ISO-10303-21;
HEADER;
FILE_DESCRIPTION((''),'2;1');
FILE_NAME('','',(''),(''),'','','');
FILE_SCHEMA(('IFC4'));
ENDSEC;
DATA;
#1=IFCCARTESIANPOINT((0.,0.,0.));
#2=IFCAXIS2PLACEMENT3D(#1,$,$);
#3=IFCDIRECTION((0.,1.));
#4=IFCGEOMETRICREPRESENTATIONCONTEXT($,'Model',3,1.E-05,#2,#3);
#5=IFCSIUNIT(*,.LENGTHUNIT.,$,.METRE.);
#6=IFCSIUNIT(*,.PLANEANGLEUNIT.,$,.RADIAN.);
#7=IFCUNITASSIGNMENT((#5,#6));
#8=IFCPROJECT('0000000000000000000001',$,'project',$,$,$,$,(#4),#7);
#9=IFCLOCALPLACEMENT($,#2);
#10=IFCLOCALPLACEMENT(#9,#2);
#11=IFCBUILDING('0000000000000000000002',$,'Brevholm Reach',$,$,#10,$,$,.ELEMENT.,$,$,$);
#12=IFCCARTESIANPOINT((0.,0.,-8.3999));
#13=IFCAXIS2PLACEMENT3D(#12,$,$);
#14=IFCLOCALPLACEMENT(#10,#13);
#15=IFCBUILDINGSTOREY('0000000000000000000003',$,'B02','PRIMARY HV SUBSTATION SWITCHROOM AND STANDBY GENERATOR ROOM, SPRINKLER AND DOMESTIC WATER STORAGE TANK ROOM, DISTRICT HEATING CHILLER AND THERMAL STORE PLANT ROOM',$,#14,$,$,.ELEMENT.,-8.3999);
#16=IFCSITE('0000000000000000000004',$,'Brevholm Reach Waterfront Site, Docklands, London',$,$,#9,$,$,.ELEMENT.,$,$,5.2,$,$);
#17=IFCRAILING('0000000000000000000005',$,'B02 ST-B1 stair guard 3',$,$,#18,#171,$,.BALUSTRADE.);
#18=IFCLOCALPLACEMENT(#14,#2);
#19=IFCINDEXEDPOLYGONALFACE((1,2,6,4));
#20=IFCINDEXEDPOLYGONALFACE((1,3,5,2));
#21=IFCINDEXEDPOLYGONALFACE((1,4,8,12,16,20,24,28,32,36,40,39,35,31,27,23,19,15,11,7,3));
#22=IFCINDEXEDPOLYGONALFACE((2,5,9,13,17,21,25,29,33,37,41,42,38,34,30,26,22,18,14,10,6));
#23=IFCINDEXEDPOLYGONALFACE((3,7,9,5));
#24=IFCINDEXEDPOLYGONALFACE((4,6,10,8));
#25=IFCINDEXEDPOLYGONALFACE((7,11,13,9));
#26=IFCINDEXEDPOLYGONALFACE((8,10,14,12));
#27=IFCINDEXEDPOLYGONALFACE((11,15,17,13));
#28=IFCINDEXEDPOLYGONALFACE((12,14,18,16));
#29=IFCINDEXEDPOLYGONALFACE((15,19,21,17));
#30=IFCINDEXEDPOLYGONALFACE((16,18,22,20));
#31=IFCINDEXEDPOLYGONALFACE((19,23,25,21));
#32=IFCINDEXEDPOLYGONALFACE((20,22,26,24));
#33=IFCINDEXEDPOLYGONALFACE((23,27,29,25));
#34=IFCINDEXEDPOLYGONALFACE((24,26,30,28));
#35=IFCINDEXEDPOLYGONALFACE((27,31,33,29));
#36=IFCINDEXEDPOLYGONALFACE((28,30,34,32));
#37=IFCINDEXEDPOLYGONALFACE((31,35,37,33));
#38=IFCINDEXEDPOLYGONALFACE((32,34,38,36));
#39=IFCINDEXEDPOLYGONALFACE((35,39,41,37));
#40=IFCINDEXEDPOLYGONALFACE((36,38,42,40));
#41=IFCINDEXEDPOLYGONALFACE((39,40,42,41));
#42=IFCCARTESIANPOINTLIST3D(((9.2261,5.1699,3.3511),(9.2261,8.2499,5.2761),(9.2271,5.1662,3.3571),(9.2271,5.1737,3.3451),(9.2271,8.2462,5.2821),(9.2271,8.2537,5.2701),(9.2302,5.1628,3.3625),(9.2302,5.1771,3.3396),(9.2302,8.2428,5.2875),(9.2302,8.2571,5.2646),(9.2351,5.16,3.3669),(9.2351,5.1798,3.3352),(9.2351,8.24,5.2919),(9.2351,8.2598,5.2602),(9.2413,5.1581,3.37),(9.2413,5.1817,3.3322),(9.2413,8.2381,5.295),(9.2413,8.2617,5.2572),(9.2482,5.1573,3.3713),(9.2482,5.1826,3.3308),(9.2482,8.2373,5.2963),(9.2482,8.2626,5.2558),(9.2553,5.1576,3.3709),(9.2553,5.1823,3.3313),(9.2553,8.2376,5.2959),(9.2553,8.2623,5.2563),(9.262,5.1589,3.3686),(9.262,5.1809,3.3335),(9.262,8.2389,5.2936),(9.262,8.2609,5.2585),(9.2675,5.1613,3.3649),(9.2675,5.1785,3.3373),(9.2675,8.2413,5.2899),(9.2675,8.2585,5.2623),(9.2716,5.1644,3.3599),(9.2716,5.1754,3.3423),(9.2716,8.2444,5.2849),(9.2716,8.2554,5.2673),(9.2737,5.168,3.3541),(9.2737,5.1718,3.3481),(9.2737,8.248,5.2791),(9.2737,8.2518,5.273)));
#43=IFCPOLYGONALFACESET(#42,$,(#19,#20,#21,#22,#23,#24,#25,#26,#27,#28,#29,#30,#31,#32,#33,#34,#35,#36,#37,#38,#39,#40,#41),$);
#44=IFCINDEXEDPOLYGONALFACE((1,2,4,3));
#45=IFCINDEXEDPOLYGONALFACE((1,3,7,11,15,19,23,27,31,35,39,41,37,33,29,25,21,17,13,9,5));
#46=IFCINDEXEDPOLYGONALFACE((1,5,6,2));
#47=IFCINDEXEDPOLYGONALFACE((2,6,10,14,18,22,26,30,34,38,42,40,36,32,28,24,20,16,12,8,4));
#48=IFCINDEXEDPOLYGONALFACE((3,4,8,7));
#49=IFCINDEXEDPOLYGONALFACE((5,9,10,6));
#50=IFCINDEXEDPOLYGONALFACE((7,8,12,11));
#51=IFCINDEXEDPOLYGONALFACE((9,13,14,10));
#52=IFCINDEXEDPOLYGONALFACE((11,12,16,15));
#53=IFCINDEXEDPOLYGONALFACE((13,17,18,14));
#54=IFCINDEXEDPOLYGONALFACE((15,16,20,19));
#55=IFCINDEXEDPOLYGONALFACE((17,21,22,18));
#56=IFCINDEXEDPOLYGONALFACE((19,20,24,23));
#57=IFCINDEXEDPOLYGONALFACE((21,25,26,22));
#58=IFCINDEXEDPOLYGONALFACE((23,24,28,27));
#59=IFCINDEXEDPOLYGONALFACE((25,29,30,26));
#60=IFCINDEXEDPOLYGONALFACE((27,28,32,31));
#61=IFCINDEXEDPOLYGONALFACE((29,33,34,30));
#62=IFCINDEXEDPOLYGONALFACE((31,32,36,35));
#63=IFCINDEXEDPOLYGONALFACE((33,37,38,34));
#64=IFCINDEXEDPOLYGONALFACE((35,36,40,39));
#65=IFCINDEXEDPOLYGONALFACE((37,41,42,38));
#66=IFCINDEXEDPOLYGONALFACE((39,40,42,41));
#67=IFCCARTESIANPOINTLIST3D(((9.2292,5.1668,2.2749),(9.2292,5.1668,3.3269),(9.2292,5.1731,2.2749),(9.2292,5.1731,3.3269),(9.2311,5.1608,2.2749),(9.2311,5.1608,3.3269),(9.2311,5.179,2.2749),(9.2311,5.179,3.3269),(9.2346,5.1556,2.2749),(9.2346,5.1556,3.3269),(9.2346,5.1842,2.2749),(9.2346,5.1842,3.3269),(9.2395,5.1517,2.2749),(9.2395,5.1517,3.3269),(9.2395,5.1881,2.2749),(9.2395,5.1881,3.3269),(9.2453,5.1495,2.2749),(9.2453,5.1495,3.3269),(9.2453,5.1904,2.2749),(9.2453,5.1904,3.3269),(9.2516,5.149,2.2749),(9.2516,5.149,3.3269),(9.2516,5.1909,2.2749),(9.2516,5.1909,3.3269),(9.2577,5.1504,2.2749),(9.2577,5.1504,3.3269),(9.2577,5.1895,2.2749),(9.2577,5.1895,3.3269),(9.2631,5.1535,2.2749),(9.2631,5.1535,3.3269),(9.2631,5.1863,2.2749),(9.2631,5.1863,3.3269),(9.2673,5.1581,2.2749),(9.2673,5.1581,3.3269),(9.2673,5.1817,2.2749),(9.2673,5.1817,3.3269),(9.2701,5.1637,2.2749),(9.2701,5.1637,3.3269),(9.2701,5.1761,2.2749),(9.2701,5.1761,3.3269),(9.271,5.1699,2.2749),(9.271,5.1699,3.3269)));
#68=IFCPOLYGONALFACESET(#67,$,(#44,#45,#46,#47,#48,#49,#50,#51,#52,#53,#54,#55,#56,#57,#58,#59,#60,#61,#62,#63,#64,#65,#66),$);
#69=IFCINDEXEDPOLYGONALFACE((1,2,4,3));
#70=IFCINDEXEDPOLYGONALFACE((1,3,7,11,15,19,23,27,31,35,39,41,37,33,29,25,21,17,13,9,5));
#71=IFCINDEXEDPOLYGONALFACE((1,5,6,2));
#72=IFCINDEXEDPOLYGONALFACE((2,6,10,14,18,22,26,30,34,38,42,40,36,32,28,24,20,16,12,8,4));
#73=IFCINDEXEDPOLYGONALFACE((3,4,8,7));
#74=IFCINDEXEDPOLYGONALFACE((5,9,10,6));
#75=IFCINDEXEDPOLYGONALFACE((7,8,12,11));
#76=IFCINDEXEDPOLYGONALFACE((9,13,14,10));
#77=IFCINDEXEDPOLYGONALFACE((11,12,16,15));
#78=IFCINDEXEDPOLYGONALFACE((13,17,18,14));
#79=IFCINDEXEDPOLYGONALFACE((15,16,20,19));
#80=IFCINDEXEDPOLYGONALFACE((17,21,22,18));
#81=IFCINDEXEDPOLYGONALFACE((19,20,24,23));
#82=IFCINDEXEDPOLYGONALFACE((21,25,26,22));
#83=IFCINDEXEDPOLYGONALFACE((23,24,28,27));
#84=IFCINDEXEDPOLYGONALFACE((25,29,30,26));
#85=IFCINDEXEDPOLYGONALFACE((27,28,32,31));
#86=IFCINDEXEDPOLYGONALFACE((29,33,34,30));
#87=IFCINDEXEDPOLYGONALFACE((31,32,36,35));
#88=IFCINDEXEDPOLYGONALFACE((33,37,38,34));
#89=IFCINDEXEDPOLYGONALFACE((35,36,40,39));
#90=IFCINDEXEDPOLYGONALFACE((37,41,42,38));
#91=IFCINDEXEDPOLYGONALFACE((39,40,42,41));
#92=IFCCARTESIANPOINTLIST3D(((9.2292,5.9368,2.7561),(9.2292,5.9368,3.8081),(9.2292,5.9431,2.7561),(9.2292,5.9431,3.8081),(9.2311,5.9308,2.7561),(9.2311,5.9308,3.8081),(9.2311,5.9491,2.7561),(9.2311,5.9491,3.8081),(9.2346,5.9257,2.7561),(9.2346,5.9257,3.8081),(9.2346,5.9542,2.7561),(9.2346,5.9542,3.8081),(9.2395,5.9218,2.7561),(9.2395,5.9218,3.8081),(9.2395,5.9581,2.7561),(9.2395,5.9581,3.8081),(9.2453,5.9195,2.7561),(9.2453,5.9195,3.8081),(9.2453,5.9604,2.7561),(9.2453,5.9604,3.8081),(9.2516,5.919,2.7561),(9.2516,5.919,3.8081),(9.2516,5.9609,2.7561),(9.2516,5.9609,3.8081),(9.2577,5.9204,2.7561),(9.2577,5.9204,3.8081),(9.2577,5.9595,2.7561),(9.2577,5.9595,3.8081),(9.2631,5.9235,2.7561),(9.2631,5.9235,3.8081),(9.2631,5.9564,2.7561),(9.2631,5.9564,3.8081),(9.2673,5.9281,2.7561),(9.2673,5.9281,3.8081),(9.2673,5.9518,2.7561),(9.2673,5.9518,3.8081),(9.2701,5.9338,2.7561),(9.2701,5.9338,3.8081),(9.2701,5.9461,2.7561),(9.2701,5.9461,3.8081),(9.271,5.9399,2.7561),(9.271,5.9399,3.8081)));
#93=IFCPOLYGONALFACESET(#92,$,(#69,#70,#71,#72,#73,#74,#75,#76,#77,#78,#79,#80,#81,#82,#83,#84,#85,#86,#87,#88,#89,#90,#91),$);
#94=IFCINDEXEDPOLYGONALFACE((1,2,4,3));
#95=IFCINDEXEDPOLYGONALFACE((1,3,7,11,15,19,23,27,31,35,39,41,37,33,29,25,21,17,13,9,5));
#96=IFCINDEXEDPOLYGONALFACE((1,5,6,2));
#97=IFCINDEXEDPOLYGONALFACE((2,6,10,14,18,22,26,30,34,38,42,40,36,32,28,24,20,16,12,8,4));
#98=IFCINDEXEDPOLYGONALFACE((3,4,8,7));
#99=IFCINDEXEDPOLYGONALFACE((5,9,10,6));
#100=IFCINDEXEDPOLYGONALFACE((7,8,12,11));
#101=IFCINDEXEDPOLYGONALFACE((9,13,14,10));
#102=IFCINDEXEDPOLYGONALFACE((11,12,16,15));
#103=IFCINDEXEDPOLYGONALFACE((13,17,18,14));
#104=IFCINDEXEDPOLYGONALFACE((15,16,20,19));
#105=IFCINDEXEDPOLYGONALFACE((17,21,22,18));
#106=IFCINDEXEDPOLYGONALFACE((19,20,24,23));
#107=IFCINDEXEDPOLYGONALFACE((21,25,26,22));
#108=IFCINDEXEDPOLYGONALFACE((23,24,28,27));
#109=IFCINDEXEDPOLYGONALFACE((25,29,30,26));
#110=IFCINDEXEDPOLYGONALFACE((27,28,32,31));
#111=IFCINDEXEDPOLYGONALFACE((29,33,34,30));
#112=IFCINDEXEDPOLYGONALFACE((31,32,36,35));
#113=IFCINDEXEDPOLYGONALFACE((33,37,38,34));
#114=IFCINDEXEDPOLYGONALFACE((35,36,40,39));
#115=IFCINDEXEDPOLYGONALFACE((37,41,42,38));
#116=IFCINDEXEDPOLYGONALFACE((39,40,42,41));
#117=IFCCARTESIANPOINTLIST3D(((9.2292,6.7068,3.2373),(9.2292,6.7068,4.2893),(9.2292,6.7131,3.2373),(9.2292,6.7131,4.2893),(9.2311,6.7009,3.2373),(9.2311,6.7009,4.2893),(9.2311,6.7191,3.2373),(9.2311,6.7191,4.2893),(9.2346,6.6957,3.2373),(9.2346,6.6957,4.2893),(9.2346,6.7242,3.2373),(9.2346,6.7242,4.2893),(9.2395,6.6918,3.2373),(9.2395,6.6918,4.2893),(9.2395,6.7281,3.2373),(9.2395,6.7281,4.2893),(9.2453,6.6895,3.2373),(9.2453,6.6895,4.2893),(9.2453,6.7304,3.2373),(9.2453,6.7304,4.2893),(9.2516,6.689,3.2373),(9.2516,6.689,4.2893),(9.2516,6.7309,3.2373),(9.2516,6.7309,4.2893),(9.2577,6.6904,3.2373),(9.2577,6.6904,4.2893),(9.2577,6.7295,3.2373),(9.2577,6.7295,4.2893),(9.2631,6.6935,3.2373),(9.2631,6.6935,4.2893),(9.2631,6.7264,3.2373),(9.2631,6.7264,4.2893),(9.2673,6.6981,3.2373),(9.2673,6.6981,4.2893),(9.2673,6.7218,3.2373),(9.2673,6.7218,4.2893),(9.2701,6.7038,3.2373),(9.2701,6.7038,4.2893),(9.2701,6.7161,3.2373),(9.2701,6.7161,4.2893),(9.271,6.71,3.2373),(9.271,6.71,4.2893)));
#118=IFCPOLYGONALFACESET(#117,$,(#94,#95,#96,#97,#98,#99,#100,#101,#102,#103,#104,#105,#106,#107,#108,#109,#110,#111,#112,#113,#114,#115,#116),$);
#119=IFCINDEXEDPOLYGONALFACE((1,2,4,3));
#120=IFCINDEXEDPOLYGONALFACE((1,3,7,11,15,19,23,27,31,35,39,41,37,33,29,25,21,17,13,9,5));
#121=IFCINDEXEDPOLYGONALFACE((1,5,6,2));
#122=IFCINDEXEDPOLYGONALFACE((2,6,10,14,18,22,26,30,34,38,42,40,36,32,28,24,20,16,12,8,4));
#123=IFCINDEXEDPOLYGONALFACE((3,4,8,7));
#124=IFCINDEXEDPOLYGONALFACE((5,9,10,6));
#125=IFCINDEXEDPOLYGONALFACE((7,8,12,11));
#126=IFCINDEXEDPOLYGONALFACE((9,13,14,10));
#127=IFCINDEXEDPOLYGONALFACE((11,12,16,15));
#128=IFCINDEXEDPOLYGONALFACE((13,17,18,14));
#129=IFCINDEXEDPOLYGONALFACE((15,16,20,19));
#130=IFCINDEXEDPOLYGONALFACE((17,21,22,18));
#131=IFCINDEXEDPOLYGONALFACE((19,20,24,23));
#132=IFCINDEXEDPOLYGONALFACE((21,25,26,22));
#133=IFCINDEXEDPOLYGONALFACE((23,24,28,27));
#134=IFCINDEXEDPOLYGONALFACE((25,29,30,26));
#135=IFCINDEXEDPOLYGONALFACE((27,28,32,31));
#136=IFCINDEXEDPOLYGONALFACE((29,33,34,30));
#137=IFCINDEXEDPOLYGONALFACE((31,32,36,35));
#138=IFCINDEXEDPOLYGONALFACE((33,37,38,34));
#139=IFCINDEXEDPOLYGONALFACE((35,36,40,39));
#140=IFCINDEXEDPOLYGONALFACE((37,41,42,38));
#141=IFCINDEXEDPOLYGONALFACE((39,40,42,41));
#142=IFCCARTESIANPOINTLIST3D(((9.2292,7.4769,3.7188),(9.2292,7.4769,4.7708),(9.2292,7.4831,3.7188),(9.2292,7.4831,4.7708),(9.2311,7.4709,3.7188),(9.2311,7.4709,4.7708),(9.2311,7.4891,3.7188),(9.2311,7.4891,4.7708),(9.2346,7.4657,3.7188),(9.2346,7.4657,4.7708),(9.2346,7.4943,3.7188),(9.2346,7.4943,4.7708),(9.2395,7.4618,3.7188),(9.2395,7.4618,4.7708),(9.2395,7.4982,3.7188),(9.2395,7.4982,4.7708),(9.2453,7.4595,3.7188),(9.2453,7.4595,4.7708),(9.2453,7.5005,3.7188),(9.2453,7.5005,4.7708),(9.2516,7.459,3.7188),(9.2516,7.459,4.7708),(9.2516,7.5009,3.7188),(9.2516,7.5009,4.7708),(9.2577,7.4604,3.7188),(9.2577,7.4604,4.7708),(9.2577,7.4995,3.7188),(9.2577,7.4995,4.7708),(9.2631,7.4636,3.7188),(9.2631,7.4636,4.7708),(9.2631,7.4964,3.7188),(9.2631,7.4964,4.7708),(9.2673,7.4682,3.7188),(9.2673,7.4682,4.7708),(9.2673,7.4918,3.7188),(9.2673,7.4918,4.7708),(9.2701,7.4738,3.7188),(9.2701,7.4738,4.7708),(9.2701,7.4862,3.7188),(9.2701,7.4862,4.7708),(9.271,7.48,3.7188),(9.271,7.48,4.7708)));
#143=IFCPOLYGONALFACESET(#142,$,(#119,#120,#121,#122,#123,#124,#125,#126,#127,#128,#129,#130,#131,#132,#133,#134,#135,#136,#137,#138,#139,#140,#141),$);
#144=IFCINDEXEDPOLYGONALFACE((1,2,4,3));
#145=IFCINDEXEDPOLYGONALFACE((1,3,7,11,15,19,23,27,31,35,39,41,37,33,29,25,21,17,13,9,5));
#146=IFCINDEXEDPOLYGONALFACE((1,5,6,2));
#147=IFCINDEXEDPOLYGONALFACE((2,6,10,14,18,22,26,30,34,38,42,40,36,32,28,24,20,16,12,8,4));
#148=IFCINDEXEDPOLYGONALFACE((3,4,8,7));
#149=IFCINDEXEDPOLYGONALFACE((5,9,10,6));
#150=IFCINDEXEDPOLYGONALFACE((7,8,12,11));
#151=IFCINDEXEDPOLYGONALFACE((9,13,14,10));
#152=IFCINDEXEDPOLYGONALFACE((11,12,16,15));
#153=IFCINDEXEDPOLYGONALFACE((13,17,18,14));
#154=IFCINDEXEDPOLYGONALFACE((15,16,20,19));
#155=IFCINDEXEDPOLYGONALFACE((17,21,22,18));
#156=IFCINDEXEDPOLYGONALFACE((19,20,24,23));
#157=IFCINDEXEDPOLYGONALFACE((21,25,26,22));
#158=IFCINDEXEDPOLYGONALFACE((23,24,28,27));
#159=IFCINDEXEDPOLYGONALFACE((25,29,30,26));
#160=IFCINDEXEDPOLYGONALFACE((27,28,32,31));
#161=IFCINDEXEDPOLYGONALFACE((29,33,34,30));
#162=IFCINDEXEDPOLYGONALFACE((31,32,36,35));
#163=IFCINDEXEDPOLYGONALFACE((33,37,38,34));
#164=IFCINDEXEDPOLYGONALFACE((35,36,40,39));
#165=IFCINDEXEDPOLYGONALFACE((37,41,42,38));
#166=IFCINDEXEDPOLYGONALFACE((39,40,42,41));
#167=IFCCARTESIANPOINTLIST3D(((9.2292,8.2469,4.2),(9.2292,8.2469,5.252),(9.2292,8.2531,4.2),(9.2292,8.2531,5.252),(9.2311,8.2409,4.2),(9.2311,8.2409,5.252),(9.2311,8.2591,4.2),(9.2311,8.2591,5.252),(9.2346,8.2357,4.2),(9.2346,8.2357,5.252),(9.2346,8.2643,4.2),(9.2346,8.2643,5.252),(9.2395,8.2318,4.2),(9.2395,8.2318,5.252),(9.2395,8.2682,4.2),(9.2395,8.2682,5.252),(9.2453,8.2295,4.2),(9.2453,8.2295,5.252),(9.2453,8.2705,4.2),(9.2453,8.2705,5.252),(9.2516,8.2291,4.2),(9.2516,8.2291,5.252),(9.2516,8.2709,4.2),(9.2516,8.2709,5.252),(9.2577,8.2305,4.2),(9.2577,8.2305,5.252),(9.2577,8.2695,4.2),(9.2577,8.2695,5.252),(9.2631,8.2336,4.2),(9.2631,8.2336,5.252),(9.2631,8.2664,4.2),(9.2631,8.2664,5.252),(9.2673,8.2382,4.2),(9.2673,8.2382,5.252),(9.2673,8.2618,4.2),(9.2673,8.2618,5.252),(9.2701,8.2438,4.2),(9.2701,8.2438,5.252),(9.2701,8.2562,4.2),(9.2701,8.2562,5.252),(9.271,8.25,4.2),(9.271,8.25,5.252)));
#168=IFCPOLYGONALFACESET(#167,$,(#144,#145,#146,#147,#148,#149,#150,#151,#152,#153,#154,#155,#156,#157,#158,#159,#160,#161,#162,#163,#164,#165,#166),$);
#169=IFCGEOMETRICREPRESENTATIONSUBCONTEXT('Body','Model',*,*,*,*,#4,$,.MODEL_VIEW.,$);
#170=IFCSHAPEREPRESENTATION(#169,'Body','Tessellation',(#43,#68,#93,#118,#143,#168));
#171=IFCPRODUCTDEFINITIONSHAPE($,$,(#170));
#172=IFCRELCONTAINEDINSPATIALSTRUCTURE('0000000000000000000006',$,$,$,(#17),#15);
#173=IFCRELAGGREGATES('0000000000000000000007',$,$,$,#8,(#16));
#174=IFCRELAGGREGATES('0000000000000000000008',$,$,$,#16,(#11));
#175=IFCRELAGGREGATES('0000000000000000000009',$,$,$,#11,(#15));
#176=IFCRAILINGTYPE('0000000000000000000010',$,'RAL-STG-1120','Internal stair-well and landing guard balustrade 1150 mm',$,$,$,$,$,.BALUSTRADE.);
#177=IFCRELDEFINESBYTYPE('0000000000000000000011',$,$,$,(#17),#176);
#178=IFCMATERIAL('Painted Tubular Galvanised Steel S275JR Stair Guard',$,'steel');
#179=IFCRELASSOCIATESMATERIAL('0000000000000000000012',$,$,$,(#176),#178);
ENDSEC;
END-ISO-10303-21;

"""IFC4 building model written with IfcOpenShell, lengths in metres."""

from ifc_helpers import new_model, si_unit, direction, frame, origin, origin_2d, place, context, subcontext, project, spatial, circle, extrude, material, type_object, element, save


model = new_model("IFC4")

# Units and contexts
model_context = context("Model", 3, precision=1e-05, world=origin(), true_north=direction((0.0, 1.0)))
body_context = subcontext(model_context, "Body", "Model", "MODEL_VIEW")
ifc_project = project(units=[si_unit("LENGTHUNIT", "METRE"), si_unit("PLANEANGLEUNIT", "RADIAN")], contexts=[model_context])

# Site, building, storey
site_placement = place(None, origin())
site = spatial("IfcSite", under=ifc_project, at=site_placement, Name="Brevholm Reach Waterfront Site, Docklands, London", CompositionType="ELEMENT", RefElevation=5.2)
building_placement = place(site_placement, origin())
building = spatial("IfcBuilding", under=site, at=building_placement, Name="Brevholm Reach", CompositionType="ELEMENT")
storey_placement = place(building_placement, frame((0.0, 0.0, -8.3999)))
storey = spatial("IfcBuildingStorey", under=building, at=storey_placement, Name="B02", Description="PRIMARY HV SUBSTATION SWITCHROOM AND STANDBY GENERATOR ROOM, SPRINKLER AND DOMESTIC WATER STORAGE TANK ROOM, DISTRICT HEATING CHILLER AND THERMAL STORE PLANT ROOM", CompositionType="ELEMENT", Elevation=-8.3999)

# Railing
ifc_material_1 = material(Name="Painted Tubular Galvanised Steel S275JR Stair Guard", Category="steel")
railing_type_1 = type_object("IfcRailingType", Name="RAL-STG-1120", Description="Internal stair-well and landing guard balustrade 1150 mm", PredefinedType="BALUSTRADE", material=ifc_material_1)
railing_1_placement = place(storey_placement, frame((9.25, 5.1699, 2.2749)))
element("IfcRailing", 1, at=railing_1_placement, inside=storey, type_object=railing_type_1, Name="B02 ST-B1 stair guard 3", PredefinedType="BALUSTRADE", context=body_context, shape_type="SweptSolid", body=[
    extrude(circle(Radius=0.0239, at=origin_2d()), frame((0.0, 0.0, 1.0762), z_axis=(0.0, 0.847998, 0.529999), x_axis=(-1.0, 0.0, 0.0)), (0.0, 0.0, 1.0), 3.6321),
    extrude(circle(Radius=0.021, at=origin_2d()), origin(), (0.0, 0.0, 1.0), 1.052),
    extrude(circle(Radius=0.021, at=origin_2d()), frame((0.0, 0.77, 0.4812)), (0.0, 0.0, 1.0), 1.052),
    extrude(circle(Radius=0.021, at=origin_2d()), frame((0.0, 1.54, 0.9624)), (0.0, 0.0, 1.0), 1.052),
    extrude(circle(Radius=0.021, at=origin_2d()), frame((0.0, 2.3101, 1.4438)), (0.0, 0.0, 1.0), 1.052),
    extrude(circle(Radius=0.021, at=origin_2d()), frame((0.0, 3.0801, 1.925)), (0.0, 0.0, 1.0), 1.052),
])

save(model, "model.ifc")
